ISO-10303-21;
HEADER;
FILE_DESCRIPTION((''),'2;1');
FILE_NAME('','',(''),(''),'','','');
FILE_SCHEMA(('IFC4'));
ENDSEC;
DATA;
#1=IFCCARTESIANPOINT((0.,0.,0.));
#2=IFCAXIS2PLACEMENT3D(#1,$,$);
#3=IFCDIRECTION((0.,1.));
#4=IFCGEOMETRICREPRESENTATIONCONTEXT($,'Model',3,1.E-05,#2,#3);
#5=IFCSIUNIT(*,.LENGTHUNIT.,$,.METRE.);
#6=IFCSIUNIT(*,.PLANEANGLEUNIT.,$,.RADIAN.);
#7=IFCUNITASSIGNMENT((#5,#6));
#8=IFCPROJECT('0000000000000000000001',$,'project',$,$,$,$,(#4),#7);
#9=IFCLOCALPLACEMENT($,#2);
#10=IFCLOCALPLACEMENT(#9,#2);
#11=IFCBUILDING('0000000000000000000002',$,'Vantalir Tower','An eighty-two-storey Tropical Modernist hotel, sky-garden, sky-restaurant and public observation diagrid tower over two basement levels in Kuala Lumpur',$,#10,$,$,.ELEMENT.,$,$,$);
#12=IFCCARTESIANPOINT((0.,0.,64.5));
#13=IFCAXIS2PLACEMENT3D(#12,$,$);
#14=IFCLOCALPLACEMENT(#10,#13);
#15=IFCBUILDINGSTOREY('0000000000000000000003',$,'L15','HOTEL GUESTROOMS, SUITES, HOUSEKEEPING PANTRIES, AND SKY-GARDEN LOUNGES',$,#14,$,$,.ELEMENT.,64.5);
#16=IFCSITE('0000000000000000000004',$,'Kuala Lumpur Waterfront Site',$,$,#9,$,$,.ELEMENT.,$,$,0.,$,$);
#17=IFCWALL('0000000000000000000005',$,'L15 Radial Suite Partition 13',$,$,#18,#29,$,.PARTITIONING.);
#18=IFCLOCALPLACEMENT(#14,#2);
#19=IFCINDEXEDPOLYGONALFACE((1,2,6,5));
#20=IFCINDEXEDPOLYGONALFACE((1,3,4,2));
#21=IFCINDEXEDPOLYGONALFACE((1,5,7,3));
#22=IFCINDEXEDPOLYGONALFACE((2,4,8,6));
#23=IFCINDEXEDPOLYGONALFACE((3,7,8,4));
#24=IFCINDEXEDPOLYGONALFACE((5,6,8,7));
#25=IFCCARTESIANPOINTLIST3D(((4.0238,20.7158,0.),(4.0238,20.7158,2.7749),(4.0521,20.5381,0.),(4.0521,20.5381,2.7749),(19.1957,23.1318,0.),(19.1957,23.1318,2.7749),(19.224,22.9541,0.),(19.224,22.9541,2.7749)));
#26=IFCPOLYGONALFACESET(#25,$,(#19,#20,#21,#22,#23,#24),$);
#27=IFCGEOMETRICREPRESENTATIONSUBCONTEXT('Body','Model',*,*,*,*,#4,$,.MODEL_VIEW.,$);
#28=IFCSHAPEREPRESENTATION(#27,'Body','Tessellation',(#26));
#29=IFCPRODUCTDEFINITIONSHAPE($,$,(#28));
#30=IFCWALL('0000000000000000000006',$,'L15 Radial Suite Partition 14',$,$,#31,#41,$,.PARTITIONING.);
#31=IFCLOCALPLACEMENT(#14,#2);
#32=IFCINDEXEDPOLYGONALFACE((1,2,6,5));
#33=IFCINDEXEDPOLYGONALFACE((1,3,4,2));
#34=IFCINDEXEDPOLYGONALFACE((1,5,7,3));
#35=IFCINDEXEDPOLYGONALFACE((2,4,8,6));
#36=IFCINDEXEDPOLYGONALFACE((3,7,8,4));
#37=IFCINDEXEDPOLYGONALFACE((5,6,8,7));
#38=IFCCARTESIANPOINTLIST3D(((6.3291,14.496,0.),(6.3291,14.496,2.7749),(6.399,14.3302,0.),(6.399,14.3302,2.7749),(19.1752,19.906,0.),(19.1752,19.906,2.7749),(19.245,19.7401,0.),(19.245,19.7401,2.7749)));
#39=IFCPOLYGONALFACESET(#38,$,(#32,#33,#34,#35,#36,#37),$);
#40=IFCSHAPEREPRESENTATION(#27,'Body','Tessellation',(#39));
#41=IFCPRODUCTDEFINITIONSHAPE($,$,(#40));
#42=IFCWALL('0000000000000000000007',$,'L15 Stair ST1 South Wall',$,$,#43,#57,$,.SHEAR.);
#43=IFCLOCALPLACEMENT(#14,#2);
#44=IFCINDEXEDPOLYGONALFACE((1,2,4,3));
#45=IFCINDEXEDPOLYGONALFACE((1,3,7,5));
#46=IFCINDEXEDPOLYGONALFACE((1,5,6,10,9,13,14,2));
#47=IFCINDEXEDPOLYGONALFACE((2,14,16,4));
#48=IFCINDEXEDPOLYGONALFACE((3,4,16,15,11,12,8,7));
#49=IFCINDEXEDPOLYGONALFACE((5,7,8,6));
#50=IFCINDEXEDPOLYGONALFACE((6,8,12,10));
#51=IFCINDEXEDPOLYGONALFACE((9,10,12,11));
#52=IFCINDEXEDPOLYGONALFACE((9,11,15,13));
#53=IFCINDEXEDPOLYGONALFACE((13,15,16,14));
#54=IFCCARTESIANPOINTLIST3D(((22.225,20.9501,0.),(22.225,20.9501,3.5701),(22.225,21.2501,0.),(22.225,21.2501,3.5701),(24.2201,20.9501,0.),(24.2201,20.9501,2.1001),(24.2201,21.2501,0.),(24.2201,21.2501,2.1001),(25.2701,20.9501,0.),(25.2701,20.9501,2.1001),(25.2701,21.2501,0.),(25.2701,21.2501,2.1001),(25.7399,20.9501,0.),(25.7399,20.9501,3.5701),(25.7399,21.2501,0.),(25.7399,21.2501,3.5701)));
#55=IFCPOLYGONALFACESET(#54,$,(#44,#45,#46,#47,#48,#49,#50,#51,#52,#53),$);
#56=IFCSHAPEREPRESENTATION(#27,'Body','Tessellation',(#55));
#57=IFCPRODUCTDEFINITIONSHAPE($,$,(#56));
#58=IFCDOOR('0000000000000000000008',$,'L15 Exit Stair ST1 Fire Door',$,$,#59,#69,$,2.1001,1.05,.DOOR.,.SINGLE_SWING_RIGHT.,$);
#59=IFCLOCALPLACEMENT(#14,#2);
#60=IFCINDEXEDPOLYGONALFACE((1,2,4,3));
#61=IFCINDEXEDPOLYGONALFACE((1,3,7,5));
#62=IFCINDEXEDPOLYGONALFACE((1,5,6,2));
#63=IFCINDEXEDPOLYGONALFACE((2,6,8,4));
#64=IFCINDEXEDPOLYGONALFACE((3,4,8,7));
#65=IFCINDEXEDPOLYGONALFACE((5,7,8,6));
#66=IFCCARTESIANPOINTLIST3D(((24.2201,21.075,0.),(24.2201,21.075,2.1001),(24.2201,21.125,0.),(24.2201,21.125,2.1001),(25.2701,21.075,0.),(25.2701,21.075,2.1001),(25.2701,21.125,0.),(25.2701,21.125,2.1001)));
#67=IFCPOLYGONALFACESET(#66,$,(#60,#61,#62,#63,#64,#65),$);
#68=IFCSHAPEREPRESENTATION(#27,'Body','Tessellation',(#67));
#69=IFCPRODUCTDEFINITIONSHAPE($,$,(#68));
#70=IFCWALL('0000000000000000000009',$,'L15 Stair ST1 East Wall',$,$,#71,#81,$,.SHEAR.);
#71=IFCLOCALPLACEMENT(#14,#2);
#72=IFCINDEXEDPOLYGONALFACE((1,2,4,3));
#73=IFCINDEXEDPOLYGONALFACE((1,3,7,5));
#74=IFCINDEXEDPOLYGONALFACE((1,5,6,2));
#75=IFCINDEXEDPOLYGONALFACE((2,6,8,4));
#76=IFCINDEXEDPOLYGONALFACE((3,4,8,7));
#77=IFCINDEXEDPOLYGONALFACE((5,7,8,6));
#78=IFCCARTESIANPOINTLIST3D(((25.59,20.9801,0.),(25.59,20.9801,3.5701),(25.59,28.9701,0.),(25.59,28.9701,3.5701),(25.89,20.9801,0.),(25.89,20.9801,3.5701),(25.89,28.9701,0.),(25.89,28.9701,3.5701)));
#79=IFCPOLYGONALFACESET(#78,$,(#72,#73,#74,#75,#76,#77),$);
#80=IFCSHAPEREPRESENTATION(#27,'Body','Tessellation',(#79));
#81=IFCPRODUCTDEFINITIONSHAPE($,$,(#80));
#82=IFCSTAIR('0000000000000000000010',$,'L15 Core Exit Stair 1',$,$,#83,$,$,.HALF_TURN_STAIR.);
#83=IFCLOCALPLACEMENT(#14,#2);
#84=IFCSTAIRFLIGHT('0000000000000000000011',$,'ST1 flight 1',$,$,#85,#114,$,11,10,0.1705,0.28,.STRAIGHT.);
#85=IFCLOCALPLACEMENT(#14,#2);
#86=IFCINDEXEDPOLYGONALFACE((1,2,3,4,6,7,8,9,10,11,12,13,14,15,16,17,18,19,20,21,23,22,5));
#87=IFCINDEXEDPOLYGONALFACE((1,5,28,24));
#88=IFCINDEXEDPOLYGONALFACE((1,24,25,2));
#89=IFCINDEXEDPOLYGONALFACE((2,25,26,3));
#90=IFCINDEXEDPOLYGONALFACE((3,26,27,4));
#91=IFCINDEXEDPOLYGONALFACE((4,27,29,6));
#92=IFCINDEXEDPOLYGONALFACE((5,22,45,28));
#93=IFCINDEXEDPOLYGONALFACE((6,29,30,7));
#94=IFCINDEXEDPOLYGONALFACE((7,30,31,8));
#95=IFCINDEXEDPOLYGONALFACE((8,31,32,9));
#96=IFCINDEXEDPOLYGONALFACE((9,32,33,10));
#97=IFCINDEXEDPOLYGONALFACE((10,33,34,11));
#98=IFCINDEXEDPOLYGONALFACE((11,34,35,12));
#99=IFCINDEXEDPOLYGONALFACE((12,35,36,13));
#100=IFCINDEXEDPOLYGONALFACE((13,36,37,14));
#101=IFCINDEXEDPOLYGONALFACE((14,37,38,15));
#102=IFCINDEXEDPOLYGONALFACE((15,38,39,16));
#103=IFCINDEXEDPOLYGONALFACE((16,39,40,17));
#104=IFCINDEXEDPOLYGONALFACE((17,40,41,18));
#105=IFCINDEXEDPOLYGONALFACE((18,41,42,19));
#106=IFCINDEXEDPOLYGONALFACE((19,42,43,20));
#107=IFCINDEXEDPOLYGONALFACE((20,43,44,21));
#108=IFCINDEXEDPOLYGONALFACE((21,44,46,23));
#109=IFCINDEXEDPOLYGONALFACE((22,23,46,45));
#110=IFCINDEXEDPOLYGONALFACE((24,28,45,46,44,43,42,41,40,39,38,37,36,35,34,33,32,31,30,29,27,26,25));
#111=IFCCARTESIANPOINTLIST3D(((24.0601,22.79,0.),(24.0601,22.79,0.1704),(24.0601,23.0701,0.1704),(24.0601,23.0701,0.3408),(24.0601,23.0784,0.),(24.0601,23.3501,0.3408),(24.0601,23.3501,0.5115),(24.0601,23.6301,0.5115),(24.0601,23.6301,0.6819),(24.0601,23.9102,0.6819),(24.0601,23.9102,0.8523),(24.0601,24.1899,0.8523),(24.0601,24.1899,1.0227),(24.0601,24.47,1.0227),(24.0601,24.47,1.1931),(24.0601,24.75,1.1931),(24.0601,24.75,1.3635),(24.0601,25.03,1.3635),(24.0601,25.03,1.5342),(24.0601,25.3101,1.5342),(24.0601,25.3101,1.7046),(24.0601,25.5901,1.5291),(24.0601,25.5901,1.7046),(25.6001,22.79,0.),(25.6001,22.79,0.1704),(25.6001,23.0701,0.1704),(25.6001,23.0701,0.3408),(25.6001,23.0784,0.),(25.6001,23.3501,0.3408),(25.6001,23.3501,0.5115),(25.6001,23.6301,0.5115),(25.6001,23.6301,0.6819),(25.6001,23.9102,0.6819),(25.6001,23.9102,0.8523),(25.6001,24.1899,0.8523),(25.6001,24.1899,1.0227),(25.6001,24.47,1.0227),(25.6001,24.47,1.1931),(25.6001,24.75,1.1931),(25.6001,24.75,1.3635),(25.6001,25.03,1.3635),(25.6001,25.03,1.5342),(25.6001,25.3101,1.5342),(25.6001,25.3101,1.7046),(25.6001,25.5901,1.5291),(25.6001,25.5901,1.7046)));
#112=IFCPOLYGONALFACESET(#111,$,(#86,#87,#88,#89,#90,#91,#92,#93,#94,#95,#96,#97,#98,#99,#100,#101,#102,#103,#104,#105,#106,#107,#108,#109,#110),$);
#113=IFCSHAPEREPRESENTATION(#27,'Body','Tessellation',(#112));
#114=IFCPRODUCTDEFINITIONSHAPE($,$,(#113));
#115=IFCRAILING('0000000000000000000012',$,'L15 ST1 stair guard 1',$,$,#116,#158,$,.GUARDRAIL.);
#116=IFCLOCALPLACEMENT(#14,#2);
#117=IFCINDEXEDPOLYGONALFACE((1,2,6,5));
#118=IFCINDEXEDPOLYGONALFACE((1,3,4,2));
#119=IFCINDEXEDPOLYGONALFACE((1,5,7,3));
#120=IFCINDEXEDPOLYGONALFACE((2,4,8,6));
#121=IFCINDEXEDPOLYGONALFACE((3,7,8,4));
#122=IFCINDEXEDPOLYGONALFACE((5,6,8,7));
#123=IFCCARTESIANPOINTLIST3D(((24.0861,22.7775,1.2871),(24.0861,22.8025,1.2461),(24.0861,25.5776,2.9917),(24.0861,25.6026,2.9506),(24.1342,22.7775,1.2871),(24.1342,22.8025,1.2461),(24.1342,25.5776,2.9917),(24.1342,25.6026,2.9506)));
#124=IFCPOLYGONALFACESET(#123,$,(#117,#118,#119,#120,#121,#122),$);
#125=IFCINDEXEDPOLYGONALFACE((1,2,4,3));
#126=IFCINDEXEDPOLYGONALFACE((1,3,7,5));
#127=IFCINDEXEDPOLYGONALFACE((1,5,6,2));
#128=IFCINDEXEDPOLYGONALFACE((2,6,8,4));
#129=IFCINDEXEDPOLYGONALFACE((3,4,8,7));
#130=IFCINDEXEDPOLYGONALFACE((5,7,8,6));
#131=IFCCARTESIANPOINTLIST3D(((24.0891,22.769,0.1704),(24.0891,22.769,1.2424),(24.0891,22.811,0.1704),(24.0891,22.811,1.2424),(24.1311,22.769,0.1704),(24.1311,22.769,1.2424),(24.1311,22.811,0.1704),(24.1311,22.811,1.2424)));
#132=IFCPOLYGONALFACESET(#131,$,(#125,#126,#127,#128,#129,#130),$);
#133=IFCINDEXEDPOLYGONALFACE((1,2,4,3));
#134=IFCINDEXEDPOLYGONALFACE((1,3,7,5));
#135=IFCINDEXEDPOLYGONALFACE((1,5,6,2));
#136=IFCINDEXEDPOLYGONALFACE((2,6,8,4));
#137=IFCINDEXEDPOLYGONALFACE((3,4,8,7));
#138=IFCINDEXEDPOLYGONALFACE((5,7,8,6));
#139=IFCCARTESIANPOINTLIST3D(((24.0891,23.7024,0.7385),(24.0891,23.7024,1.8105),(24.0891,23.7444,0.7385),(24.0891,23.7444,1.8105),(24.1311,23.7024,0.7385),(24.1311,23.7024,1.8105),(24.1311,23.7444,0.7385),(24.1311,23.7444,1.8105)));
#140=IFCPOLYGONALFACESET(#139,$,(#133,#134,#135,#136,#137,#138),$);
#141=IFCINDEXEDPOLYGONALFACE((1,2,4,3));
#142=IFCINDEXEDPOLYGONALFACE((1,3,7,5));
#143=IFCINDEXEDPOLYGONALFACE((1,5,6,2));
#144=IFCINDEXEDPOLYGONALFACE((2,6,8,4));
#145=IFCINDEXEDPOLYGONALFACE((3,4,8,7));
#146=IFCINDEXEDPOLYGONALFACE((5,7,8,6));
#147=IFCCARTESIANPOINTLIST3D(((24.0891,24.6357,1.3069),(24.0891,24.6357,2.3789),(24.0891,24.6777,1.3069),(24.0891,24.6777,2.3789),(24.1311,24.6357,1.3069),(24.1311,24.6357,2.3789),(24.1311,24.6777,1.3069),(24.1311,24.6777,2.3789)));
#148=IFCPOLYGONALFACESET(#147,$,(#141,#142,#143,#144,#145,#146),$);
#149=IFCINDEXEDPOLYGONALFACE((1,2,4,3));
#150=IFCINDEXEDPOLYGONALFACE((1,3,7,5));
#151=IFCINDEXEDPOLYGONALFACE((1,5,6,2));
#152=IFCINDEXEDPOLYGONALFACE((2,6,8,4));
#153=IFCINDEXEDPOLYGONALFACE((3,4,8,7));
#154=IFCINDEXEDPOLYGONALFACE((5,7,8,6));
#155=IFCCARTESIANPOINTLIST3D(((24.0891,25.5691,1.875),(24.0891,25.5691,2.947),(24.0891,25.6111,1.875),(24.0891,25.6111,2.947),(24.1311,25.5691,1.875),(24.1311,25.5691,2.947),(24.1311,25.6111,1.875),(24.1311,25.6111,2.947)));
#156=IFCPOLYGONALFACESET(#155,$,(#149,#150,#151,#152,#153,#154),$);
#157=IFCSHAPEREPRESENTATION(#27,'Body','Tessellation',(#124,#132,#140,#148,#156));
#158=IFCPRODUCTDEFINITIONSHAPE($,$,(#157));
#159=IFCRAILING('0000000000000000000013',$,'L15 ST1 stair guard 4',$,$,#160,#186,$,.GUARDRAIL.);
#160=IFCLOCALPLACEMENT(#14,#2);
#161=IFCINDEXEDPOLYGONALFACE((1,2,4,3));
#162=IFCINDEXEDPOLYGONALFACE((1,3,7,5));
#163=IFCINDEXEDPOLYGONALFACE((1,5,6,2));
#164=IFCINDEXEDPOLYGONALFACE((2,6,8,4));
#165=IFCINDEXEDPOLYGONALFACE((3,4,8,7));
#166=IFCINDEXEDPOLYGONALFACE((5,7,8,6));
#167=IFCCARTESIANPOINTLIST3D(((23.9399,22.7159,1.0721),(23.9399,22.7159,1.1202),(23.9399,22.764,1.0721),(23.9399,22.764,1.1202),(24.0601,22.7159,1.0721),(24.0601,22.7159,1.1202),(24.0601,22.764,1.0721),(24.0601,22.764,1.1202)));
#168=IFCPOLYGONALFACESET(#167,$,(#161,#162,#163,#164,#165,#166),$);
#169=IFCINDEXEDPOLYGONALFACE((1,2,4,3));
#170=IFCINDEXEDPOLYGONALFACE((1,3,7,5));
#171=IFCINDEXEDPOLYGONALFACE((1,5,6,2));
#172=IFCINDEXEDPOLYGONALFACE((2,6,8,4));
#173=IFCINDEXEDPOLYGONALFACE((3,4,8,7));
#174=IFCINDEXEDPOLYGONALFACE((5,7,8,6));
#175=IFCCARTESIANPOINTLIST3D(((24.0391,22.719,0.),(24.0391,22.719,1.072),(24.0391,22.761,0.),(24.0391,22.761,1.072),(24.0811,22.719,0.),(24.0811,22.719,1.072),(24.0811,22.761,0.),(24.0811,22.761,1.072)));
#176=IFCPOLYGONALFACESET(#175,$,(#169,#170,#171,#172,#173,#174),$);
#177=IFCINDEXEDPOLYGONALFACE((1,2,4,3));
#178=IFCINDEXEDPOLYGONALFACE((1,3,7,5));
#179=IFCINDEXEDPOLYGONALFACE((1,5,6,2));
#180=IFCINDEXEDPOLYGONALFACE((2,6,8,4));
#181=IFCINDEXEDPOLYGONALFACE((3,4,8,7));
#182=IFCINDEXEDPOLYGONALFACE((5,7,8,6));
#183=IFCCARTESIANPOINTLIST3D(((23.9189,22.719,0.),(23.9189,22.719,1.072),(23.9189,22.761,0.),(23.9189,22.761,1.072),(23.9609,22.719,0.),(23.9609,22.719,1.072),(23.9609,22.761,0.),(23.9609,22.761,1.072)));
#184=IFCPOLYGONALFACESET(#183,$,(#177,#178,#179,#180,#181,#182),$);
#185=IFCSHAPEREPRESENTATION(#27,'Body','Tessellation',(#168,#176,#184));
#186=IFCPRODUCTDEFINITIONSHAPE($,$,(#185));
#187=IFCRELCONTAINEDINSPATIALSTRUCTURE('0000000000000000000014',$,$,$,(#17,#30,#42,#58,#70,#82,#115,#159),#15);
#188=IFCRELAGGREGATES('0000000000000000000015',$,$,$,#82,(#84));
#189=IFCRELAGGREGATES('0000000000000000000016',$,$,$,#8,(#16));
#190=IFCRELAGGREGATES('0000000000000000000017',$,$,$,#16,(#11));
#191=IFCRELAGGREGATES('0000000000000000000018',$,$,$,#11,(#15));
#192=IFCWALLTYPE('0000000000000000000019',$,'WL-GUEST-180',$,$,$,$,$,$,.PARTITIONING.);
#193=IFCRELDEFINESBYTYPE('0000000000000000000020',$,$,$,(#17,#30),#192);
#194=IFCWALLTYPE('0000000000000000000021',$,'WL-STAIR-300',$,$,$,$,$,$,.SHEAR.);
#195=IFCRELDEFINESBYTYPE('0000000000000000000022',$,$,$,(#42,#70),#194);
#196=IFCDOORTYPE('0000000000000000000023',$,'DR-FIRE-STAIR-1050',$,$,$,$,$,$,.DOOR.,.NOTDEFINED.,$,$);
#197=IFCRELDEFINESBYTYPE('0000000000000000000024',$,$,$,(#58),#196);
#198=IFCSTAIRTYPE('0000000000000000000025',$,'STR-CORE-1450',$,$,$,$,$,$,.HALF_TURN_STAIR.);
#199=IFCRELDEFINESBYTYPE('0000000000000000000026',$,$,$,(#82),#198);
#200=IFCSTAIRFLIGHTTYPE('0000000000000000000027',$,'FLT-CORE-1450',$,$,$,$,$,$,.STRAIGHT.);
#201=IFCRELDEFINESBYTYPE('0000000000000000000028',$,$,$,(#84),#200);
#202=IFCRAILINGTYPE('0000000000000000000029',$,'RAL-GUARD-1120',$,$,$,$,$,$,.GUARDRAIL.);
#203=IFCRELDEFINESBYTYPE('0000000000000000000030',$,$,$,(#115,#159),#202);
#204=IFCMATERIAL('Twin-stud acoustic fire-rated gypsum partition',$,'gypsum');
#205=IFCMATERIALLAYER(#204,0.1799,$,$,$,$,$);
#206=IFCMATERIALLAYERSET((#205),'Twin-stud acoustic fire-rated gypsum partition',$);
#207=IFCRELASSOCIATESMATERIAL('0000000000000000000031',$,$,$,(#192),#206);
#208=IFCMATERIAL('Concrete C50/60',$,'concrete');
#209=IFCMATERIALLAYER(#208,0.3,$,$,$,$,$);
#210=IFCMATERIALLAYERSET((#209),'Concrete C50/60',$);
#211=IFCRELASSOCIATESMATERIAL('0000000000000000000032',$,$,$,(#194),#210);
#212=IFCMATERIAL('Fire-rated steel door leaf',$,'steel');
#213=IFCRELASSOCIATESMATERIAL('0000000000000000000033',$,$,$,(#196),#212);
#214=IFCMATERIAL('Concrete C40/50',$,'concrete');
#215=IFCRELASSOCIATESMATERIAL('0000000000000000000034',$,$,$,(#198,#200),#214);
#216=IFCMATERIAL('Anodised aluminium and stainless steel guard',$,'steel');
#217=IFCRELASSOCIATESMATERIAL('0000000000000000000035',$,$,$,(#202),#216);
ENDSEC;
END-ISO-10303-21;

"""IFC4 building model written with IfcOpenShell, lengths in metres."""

from ifc_helpers import new_model, si_unit, direction, frame, frame_2d, origin, origin_2d, place, context, subcontext, project, spatial, polyline, rectangle, outline, extrude, material, layer, layer_set, type_object, element, fill, aggregate, save


model = new_model("IFC4")

# Units and contexts
model_context = context("Model", 3, precision=1e-05, world=origin(), true_north=direction((0.0, 1.0)))
body_context = subcontext(model_context, "Body", "Model", "MODEL_VIEW")
ifc_project = project(units=[si_unit("LENGTHUNIT", "METRE"), si_unit("PLANEANGLEUNIT", "RADIAN")], contexts=[model_context])

# Site, building, storey
site_placement = place(None, origin())
site = spatial("IfcSite", under=ifc_project, at=site_placement, Name="Kuala Lumpur Waterfront Site", CompositionType="ELEMENT", RefElevation=0.0)
building_placement = place(site_placement, origin())
building = spatial("IfcBuilding", under=site, at=building_placement, Name="Vantalir Tower", Description="An eighty-two-storey Tropical Modernist hotel, sky-garden, sky-restaurant and public observation diagrid tower over two basement levels in Kuala Lumpur", CompositionType="ELEMENT")
storey_placement = place(building_placement, frame((0.0, 0.0, 64.5)))
storey = spatial("IfcBuildingStorey", under=building, at=storey_placement, Name="L15", Description="HOTEL GUESTROOMS, SUITES, HOUSEKEEPING PANTRIES, AND SKY-GARDEN LOUNGES", CompositionType="ELEMENT", Elevation=64.5)

# Walls
ifc_material_1 = material(Name="Twin-stud acoustic fire-rated gypsum partition", Category="gypsum")
ifc_layer_1 = layer(ifc_material_1, 0.1799)
ifc_layer_set_1 = layer_set([ifc_layer_1], Name="Twin-stud acoustic fire-rated gypsum partition")
wall_type_1 = type_object("IfcWallType", Name="WL-GUEST-180", PredefinedType="PARTITIONING", material=ifc_layer_set_1)
wall_1_placement = place(storey_placement, frame((19.21, 23.043, 0.0), z_axis=(0.0, 0.0, 1.0), x_axis=(-0.987557, -0.157262, 0.0)))
element("IfcWall", 1, at=wall_1_placement, inside=storey, type_object=wall_type_1, Name="L15 Radial Suite Partition 13", PredefinedType="PARTITIONING", context=body_context, shape_type="SweptSolid", body=[
    extrude(rectangle(XDim=15.363, YDim=0.1799, at=frame_2d((7.6816, 0.0))), origin(), (0.0, 0.0, 1.0), 2.7749),
])
wall_2_placement = place(storey_placement, frame((19.21, 19.823, 0.0), z_axis=(0.0, 0.0, 1.0), x_axis=(-0.921607, -0.388124, 0.0)))
element("IfcWall", 2, at=wall_2_placement, inside=storey, type_object=wall_type_1, Name="L15 Radial Suite Partition 14", PredefinedType="PARTITIONING", context=body_context, shape_type="SweptSolid", body=[
    extrude(rectangle(XDim=13.9387, YDim=0.1799, at=frame_2d((6.9692, 0.0))), origin(), (0.0, 0.0, 1.0), 2.7749),
])

# Wall, opening, door
ifc_material_2 = material(Name="Concrete C50/60", Category="concrete")
ifc_layer_2 = layer(ifc_material_2, 0.3)
ifc_layer_set_2 = layer_set([ifc_layer_2], Name="Concrete C50/60")
wall_type_2 = type_object("IfcWallType", Name="WL-STAIR-300", PredefinedType="SHEAR", material=ifc_layer_set_2)
wall_3_placement = place(storey_placement, frame((22.2251, 21.1001, 0.0), z_axis=(0.0, 0.0, 1.0), x_axis=(1.0, 0.0, 0.0)))
wall_3 = element("IfcWall", 3, at=wall_3_placement, inside=storey, type_object=wall_type_2, Name="L15 Stair ST1 South Wall", PredefinedType="SHEAR", context=body_context, shape_type="SweptSolid", body=[
    extrude(rectangle(XDim=3.5149, YDim=0.3, at=frame_2d((1.7573, 0.0))), origin(), (0.0, 0.0, 1.0), 3.5701),
])
opening_1_placement = place(wall_3_placement, frame((1.9951, 0.0, 0.0)))
opening_1 = element("IfcOpeningElement", 4, at=opening_1_placement, cuts=wall_3, PredefinedType="OPENING", context=body_context, shape_type="SweptSolid", body=[
    extrude(rectangle(XDim=1.05, YDim=2.1001, at=frame_2d((0.5249, 1.05))), frame((0.0, 0.1599, 0.0), z_axis=(0.0, -1.0, 0.0), x_axis=(1.0, 0.0, 0.0)), (0.0, 0.0, 1.0), 0.3201),
])
ifc_material_3 = material(Name="Fire-rated steel door leaf", Category="steel")
door_type_1 = type_object("IfcDoorType", Name="DR-FIRE-STAIR-1050", OperationType="NOTDEFINED", PredefinedType="DOOR", material=ifc_material_3)
door_1_placement = place(opening_1_placement, origin())
door_1 = element("IfcDoor", 5, at=door_1_placement, inside=storey, type_object=door_type_1, Name="L15 Exit Stair ST1 Fire Door", OperationType="SINGLE_SWING_RIGHT", OverallHeight=2.1001, OverallWidth=1.05, PredefinedType="DOOR", context=body_context, shape_type="SweptSolid", body=[
    extrude(rectangle(XDim=1.05, YDim=2.1001, at=frame_2d((0.5249, 1.05))), frame((0.0, 0.0249, 0.0), z_axis=(0.0, -1.0, 0.0), x_axis=(1.0, 0.0, 0.0)), (0.0, 0.0, 1.0), 0.05),
])
fill(opening_1, door_1)

# Wall
wall_4_placement = place(storey_placement, frame((25.74, 20.98, 0.0), z_axis=(0.0, 0.0, 1.0), x_axis=(0.0, 1.0, 0.0)))
element("IfcWall", 6, at=wall_4_placement, inside=storey, type_object=wall_type_2, Name="L15 Stair ST1 East Wall", PredefinedType="SHEAR", context=body_context, shape_type="SweptSolid", body=[
    extrude(rectangle(XDim=7.99, YDim=0.3, at=frame_2d((3.9951, 0.0))), origin(), (0.0, 0.0, 1.0), 3.5701),
])

# Stair, stair flight
ifc_material_4 = material(Name="Concrete C40/50", Category="concrete")
stair_type = type_object("IfcStairType", Name="STR-CORE-1450", PredefinedType="HALF_TURN_STAIR", material=ifc_material_4)
stair_placement = place(storey_placement, origin())
stair = element("IfcStair", 7, at=stair_placement, inside=storey, type_object=stair_type, Name="L15 Core Exit Stair 1", PredefinedType="HALF_TURN_STAIR")
stair_flight_type = type_object("IfcStairFlightType", Name="FLT-CORE-1450", PredefinedType="STRAIGHT", material=ifc_material_4)
stair_flight_placement = place(storey_placement, frame((24.8301, 22.79, 0.0), z_axis=(0.0, 0.0, 1.0), x_axis=(0.0, 1.0, 0.0)))
stair_flight = element("IfcStairFlight", 8, at=stair_flight_placement, type_object=stair_flight_type, Name="ST1 flight 1", NumberOfRisers=11, NumberOfTreads=10, PredefinedType="STRAIGHT", RiserHeight=0.1705, TreadLength=0.28, context=body_context, shape_type="SweptSolid", body=[
    extrude(outline(polyline([(0.0, 0.0), (0.0, 0.1704), (0.28, 0.1704), (0.28, 0.3408), (0.5601, 0.3408), (0.5601, 0.5115), (0.8401, 0.5115), (0.8401, 0.6819), (1.1201, 0.6819), (1.1201, 0.8523), (1.3999, 0.8523), (1.3999, 1.0227), (1.6799, 1.0227), (1.6799, 1.1931), (1.96, 1.1931), (1.96, 1.3635), (2.24, 1.3635), (2.24, 1.5342), (2.52, 1.5342), (2.52, 1.7046), (2.8, 1.7046), (2.8, 1.875), (2.8, 1.5291), (0.2883, 0.0), (0.0, 0.0)])), frame((0.0, 0.77, 0.0), z_axis=(0.0, -1.0, 0.0), x_axis=(1.0, 0.0, 0.0)), (0.0, 0.0, 1.0), 1.54),
])
aggregate(stair, [stair_flight])

# Railings
ifc_material_5 = material(Name="Anodised aluminium and stainless steel guard", Category="steel")
railing_type_1 = type_object("IfcRailingType", Name="RAL-GUARD-1120", PredefinedType="GUARDRAIL", material=ifc_material_5)
railing_1_placement = place(storey_placement, frame((24.1101, 22.79, 0.1704)))
element("IfcRailing", 9, at=railing_1_placement, inside=storey, type_object=railing_type_1, Name="L15 ST1 stair guard 1", PredefinedType="GUARDRAIL", context=body_context, shape_type="SweptSolid", body=[
    extrude(rectangle(XDim=0.0481, YDim=0.0481, at=origin_2d()), frame((0.0, 0.0, 1.0962), z_axis=(0.0, 0.85417, 0.519994), x_axis=(-1.0, 0.0, 0.0)), (0.0, 0.0, 1.0), 3.2781),
    extrude(rectangle(XDim=0.042, YDim=0.042, at=origin_2d()), origin(), (0.0, 0.0, 1.0), 1.072),
    extrude(rectangle(XDim=0.042, YDim=0.042, at=origin_2d()), frame((0.0, 0.9333, 0.5681)), (0.0, 0.0, 1.0), 1.072),
    extrude(rectangle(XDim=0.042, YDim=0.042, at=origin_2d()), frame((0.0, 1.8667, 1.1365)), (0.0, 0.0, 1.0), 1.072),
    extrude(rectangle(XDim=0.042, YDim=0.042, at=origin_2d()), frame((0.0, 2.8, 1.7046)), (0.0, 0.0, 1.0), 1.072),
])
railing_2_placement = place(storey_placement, frame((24.0601, 22.74, 0.0)))
element("IfcRailing", 10, at=railing_2_placement, inside=storey, type_object=railing_type_1, Name="L15 ST1 stair guard 4", PredefinedType="GUARDRAIL", context=body_context, shape_type="SweptSolid", body=[
    extrude(rectangle(XDim=0.0481, YDim=0.0481, at=origin_2d()), frame((0.0, 0.0, 1.0962), z_axis=(-1.0, 0.0, 0.0), x_axis=(0.0, -1.0, 0.0)), (0.0, 0.0, 1.0), 0.1201),
    extrude(rectangle(XDim=0.042, YDim=0.042, at=origin_2d()), origin(), (0.0, 0.0, 1.0), 1.072),
    extrude(rectangle(XDim=0.042, YDim=0.042, at=origin_2d()), frame((-0.1201, 0.0, 0.0)), (0.0, 0.0, 1.0), 1.072),
])

save(model, "model.ifc")
